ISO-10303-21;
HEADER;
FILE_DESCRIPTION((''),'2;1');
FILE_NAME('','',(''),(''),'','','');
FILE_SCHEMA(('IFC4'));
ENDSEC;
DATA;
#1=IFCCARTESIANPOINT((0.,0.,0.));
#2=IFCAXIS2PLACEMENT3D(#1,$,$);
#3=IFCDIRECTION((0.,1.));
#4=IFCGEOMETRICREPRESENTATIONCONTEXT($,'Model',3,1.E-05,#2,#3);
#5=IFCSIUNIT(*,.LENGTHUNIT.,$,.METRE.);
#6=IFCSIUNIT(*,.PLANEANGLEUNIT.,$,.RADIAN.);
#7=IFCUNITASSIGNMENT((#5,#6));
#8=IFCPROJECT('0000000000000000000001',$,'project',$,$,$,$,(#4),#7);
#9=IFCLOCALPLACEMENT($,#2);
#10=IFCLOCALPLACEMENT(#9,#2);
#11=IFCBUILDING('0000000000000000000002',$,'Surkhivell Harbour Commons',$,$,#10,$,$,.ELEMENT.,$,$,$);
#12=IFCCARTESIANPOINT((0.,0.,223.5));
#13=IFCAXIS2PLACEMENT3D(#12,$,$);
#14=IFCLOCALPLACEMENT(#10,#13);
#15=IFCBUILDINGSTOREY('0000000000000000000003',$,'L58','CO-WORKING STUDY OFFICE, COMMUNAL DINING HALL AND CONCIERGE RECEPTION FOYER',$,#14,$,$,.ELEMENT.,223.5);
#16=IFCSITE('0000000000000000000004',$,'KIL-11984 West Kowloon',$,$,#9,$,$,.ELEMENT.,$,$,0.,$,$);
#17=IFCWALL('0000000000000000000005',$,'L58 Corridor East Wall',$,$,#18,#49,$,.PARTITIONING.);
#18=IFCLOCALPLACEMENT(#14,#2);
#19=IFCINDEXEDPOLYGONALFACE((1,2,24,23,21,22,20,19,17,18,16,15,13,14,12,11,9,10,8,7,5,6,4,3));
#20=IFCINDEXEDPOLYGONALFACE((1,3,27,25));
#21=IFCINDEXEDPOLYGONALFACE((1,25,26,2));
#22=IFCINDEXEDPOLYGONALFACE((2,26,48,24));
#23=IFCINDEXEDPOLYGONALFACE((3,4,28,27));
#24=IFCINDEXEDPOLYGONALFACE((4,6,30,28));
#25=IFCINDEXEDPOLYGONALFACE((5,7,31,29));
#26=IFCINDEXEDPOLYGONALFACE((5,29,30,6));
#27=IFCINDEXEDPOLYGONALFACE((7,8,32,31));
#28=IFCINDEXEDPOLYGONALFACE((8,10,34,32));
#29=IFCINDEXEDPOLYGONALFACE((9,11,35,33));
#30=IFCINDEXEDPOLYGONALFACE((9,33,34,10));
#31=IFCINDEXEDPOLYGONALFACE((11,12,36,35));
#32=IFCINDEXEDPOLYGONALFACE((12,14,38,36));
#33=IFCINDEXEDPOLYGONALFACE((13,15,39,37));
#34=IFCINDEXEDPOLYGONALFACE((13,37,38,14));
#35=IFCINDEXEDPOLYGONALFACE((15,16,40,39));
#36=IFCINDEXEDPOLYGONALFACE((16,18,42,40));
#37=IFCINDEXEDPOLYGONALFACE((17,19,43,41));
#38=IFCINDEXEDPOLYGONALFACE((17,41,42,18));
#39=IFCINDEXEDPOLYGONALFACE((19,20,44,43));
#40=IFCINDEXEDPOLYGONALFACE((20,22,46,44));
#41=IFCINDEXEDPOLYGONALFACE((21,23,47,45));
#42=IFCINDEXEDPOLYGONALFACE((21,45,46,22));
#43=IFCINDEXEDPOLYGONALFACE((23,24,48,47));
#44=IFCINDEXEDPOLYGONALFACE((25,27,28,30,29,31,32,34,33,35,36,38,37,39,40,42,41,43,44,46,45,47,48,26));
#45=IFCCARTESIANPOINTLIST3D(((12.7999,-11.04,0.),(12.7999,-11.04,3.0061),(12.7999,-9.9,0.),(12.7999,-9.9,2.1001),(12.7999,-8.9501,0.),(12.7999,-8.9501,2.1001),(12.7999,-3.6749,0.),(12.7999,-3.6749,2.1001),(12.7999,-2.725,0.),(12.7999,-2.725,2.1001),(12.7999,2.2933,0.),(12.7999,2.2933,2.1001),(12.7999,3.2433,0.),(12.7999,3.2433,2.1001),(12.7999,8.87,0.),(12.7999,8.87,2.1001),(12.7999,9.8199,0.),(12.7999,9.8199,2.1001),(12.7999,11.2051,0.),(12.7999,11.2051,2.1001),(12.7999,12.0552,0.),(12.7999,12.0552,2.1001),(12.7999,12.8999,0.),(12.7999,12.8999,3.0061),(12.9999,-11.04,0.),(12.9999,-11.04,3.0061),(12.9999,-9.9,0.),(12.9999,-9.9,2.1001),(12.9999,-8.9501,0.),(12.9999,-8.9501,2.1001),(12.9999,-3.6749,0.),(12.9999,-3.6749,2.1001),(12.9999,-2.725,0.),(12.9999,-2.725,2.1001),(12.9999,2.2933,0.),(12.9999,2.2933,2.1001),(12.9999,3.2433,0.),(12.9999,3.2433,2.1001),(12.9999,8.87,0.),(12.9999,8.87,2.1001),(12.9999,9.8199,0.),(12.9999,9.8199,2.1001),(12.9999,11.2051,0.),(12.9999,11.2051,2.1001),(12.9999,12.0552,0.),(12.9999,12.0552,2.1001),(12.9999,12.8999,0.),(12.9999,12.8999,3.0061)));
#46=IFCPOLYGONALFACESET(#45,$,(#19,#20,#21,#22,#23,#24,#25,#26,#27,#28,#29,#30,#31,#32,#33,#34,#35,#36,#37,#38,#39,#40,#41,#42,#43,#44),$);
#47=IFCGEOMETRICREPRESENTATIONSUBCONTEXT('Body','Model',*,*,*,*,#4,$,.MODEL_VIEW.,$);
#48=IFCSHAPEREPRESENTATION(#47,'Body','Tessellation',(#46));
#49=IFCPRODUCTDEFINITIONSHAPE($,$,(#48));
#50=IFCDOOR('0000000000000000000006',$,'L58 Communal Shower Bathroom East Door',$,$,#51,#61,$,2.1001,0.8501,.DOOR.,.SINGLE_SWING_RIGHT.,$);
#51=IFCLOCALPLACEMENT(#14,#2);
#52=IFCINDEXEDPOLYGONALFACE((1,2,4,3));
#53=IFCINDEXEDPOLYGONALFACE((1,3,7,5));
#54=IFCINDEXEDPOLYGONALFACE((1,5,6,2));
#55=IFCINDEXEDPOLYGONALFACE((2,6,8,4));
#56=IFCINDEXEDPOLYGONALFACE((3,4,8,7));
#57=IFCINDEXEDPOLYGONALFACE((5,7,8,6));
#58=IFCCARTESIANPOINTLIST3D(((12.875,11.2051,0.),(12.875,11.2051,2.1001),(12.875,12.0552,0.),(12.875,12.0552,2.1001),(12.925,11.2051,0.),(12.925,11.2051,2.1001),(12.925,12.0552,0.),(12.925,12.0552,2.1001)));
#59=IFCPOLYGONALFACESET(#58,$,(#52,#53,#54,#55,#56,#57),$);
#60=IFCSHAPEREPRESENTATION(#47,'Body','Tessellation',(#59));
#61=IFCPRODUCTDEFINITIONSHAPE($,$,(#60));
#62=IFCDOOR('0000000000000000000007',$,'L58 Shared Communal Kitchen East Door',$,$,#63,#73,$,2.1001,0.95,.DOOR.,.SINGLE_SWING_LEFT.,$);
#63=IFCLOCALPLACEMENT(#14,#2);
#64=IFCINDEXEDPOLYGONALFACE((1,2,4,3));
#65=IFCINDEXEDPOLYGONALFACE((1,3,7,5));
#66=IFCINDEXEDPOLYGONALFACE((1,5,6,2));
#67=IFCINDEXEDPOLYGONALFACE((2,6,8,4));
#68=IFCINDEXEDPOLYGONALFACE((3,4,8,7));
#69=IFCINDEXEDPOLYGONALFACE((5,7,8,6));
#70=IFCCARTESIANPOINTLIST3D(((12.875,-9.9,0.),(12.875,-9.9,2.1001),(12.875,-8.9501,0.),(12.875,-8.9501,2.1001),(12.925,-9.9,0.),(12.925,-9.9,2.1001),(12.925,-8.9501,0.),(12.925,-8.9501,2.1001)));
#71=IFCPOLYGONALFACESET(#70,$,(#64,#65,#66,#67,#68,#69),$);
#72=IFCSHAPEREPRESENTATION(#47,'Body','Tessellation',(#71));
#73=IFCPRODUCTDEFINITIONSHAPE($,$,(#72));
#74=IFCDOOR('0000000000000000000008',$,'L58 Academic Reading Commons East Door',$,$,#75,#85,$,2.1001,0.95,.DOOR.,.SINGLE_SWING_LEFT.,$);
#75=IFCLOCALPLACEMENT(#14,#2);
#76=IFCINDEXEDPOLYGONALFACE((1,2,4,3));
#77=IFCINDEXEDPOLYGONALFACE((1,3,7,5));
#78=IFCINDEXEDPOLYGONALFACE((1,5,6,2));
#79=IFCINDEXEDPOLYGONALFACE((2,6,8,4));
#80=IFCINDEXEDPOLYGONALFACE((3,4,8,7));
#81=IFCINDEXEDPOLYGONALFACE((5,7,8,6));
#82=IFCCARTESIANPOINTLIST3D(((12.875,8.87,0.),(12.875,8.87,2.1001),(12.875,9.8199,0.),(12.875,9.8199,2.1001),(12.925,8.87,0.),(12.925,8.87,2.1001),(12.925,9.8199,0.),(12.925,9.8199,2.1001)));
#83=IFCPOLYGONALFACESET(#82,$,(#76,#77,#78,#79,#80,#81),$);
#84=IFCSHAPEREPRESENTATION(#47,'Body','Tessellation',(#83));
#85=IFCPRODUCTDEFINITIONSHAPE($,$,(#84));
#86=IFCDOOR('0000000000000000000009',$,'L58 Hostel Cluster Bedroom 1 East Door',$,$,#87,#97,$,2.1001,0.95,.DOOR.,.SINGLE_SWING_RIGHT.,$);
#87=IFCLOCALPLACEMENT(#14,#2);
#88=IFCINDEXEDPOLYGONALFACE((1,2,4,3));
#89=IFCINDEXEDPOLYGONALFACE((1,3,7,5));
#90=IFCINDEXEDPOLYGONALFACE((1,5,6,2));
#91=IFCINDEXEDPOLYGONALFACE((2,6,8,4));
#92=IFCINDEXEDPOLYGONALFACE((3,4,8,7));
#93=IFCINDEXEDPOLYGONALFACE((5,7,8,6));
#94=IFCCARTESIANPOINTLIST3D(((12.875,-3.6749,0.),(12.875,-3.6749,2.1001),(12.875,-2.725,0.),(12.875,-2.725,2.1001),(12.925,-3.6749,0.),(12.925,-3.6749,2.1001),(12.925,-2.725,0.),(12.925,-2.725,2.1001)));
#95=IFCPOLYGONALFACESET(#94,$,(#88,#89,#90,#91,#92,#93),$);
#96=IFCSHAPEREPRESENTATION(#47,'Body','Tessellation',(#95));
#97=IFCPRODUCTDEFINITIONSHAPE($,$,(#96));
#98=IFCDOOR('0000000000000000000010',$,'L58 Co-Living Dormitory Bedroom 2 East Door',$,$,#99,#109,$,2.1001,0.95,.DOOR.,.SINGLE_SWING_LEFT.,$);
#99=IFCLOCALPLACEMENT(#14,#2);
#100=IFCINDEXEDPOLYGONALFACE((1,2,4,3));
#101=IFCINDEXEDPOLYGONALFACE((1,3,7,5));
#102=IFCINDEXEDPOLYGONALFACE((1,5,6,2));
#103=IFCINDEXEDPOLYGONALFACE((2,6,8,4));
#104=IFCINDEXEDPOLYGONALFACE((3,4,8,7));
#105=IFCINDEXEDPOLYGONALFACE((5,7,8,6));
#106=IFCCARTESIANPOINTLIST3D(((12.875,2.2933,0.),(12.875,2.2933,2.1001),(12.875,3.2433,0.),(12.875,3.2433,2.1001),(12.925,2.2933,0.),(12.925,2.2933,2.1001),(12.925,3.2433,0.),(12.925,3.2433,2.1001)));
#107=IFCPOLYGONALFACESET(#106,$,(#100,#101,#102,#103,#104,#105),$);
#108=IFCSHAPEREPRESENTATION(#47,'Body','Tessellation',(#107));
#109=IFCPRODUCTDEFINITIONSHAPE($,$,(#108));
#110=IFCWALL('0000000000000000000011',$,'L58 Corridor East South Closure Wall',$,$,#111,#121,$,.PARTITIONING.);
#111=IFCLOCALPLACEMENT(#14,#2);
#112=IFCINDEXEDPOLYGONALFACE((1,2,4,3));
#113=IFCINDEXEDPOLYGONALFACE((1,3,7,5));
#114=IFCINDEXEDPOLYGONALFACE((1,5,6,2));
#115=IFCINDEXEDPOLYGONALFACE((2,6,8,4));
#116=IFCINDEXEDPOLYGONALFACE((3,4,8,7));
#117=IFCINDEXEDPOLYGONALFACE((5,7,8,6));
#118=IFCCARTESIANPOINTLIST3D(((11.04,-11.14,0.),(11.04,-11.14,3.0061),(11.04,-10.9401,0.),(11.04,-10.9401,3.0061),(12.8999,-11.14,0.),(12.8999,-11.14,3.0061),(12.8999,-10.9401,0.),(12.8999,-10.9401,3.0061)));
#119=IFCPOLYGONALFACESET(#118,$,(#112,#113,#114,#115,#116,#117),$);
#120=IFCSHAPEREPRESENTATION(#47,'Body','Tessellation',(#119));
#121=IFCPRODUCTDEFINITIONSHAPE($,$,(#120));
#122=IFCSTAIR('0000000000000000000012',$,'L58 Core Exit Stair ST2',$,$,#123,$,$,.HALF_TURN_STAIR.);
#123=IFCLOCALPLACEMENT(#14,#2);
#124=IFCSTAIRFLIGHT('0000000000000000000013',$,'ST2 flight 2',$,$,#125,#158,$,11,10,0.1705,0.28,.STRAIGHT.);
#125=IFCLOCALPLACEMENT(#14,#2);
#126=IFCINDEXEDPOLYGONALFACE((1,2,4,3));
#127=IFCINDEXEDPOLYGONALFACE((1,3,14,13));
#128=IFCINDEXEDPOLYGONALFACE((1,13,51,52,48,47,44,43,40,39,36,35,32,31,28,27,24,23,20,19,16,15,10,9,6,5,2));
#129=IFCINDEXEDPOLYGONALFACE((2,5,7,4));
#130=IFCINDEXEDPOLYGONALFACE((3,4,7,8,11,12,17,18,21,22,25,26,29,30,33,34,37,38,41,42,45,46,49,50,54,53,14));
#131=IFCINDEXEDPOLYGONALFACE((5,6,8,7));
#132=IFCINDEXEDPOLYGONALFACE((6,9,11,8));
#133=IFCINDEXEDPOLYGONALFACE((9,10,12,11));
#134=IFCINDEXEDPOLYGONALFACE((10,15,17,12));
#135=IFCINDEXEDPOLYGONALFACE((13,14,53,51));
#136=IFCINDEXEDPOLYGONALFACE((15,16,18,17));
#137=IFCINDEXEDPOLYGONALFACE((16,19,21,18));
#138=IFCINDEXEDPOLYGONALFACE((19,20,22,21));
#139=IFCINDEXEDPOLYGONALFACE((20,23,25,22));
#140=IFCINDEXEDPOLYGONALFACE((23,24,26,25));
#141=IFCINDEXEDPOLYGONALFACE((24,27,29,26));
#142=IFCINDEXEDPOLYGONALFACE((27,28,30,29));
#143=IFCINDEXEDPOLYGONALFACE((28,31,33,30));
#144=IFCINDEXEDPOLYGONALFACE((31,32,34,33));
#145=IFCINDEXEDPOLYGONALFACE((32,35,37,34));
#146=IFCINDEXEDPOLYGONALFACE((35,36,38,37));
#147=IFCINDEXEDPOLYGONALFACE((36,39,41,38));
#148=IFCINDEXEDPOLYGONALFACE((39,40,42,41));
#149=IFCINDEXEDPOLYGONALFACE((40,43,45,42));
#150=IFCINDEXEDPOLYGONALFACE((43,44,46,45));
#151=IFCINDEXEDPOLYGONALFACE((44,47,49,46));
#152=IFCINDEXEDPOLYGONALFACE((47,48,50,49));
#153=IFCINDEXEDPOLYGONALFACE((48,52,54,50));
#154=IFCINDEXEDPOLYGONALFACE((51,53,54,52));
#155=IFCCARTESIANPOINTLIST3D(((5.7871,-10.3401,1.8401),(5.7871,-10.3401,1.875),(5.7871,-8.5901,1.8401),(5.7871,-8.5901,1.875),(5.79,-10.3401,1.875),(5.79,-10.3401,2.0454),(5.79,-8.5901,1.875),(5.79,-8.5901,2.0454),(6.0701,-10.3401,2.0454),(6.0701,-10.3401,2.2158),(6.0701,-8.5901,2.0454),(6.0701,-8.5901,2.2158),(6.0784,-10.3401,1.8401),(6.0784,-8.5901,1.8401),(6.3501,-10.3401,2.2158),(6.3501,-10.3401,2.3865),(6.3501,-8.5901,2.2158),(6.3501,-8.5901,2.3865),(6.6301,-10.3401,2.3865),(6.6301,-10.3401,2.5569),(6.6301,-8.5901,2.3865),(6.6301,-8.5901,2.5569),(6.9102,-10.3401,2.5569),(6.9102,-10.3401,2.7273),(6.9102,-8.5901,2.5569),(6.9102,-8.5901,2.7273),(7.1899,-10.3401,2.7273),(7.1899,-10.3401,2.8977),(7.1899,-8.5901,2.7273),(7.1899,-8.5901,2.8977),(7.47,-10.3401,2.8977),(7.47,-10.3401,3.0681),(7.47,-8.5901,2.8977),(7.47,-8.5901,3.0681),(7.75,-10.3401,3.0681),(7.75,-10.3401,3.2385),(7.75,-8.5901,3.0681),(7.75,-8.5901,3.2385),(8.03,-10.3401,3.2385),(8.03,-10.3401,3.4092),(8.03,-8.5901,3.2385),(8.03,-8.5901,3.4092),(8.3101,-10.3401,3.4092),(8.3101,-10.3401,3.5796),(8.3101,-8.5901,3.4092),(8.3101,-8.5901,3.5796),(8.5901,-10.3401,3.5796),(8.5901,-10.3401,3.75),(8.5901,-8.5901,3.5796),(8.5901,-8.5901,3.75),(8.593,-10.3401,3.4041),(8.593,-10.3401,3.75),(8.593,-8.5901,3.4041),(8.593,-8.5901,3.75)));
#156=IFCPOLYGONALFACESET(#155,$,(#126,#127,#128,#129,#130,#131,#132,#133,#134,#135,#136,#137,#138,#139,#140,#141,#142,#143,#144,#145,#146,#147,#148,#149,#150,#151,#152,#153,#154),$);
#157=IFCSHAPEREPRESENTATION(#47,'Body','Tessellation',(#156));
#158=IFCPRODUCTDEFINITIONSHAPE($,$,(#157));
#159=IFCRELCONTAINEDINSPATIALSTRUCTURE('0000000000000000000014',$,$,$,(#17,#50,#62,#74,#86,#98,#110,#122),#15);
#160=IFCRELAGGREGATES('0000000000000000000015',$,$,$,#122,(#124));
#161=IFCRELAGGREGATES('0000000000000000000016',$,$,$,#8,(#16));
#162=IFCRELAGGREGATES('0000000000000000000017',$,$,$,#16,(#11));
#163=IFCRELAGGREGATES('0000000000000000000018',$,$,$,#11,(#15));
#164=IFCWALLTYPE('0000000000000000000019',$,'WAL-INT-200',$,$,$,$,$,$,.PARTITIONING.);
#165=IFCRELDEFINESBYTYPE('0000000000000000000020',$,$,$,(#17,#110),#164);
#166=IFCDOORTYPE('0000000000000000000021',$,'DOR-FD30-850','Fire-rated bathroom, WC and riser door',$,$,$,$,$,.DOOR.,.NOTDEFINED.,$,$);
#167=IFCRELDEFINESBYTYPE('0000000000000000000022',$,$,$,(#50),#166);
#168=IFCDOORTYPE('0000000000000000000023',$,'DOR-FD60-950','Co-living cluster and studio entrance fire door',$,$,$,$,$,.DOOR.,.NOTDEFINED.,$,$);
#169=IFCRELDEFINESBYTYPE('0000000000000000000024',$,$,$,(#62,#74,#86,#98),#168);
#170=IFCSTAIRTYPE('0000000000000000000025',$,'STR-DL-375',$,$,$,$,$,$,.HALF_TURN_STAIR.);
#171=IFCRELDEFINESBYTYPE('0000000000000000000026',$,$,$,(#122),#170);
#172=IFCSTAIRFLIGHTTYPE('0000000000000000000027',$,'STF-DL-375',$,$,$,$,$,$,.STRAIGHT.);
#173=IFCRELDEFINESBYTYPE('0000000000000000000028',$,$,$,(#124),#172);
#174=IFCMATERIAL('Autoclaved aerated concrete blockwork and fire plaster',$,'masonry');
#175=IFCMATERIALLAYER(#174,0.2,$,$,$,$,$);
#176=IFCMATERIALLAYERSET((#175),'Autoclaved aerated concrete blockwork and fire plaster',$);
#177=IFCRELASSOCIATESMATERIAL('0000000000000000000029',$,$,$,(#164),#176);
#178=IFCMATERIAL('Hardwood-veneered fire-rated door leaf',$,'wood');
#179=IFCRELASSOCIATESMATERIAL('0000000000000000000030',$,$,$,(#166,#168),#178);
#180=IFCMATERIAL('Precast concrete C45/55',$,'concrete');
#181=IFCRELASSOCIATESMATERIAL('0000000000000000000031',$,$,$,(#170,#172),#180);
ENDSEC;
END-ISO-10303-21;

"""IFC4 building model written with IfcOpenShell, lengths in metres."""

from ifc_helpers import new_model, si_unit, direction, frame, frame_2d, origin, place, context, subcontext, project, spatial, polyline, rectangle, outline, extrude, material, layer, layer_set, type_object, element, fill, aggregate, save


model = new_model("IFC4")

# Units and contexts
model_context = context("Model", 3, precision=1e-05, world=origin(), true_north=direction((0.0, 1.0)))
body_context = subcontext(model_context, "Body", "Model", "MODEL_VIEW")
ifc_project = project(units=[si_unit("LENGTHUNIT", "METRE"), si_unit("PLANEANGLEUNIT", "RADIAN")], contexts=[model_context])

# Site, building, storey
site_placement = place(None, origin())
site = spatial("IfcSite", under=ifc_project, at=site_placement, Name="KIL-11984 West Kowloon", CompositionType="ELEMENT", RefElevation=0.0)
building_placement = place(site_placement, origin())
building = spatial("IfcBuilding", under=site, at=building_placement, Name="Surkhivell Harbour Commons", CompositionType="ELEMENT")
storey_placement = place(building_placement, frame((0.0, 0.0, 223.5)))
storey = spatial("IfcBuildingStorey", under=building, at=storey_placement, Name="L58", Description="CO-WORKING STUDY OFFICE, COMMUNAL DINING HALL AND CONCIERGE RECEPTION FOYER", CompositionType="ELEMENT", Elevation=223.5)

# Wall, openings, doors
ifc_material_1 = material(Name="Autoclaved aerated concrete blockwork and fire plaster", Category="masonry")
ifc_layer_1 = layer(ifc_material_1, 0.2)
ifc_layer_set_1 = layer_set([ifc_layer_1], Name="Autoclaved aerated concrete blockwork and fire plaster")
wall_type_1 = type_object("IfcWallType", Name="WAL-INT-200", PredefinedType="PARTITIONING", material=ifc_layer_set_1)
wall_1_placement = place(storey_placement, frame((12.8999, -11.04, 0.0), z_axis=(0.0, 0.0, 1.0), x_axis=(0.0, 1.0, 0.0)))
wall_1 = element("IfcWall", 1, at=wall_1_placement, inside=storey, type_object=wall_type_1, Name="L58 Corridor East Wall", PredefinedType="PARTITIONING", context=body_context, shape_type="SweptSolid", body=[
    extrude(rectangle(XDim=23.9399, YDim=0.2, at=frame_2d((11.97, 0.0))), origin(), (0.0, 0.0, 1.0), 3.0061),
])
opening_1_placement = place(wall_1_placement, frame((1.1399, 0.0, 0.0)))
opening_1 = element("IfcOpeningElement", 2, at=opening_1_placement, cuts=wall_1, PredefinedType="OPENING", context=body_context, shape_type="SweptSolid", body=[
    extrude(rectangle(XDim=0.95, YDim=2.1001, at=frame_2d((0.4751, 1.05))), frame((0.0, 0.1099, 0.0), z_axis=(0.0, -1.0, 0.0), x_axis=(1.0, 0.0, 0.0)), (0.0, 0.0, 1.0), 0.22),
])
opening_2_placement = place(wall_1_placement, frame((22.2451, 0.0, 0.0)))
opening_2 = element("IfcOpeningElement", 3, at=opening_2_placement, cuts=wall_1, PredefinedType="OPENING", context=body_context, shape_type="SweptSolid", body=[
    extrude(rectangle(XDim=0.8501, YDim=2.1001, at=frame_2d((0.425, 1.05))), frame((0.0, 0.1099, 0.0), z_axis=(0.0, -1.0, 0.0), x_axis=(1.0, 0.0, 0.0)), (0.0, 0.0, 1.0), 0.22),
])
opening_3_placement = place(wall_1_placement, frame((19.9099, 0.0, 0.0)))
opening_3 = element("IfcOpeningElement", 4, at=opening_3_placement, cuts=wall_1, PredefinedType="OPENING", context=body_context, shape_type="SweptSolid", body=[
    extrude(rectangle(XDim=0.95, YDim=2.1001, at=frame_2d((0.4751, 1.05))), frame((0.0, 0.1099, 0.0), z_axis=(0.0, -1.0, 0.0), x_axis=(1.0, 0.0, 0.0)), (0.0, 0.0, 1.0), 0.22),
])
opening_4_placement = place(wall_1_placement, frame((7.365, 0.0, 0.0)))
opening_4 = element("IfcOpeningElement", 5, at=opening_4_placement, cuts=wall_1, PredefinedType="OPENING", context=body_context, shape_type="SweptSolid", body=[
    extrude(rectangle(XDim=0.95, YDim=2.1001, at=frame_2d((0.4751, 1.05))), frame((0.0, 0.1099, 0.0), z_axis=(0.0, -1.0, 0.0), x_axis=(1.0, 0.0, 0.0)), (0.0, 0.0, 1.0), 0.22),
])
opening_5_placement = place(wall_1_placement, frame((13.3333, 0.0, 0.0)))
opening_5 = element("IfcOpeningElement", 6, at=opening_5_placement, cuts=wall_1, PredefinedType="OPENING", context=body_context, shape_type="SweptSolid", body=[
    extrude(rectangle(XDim=0.95, YDim=2.1001, at=frame_2d((0.4751, 1.05))), frame((0.0, 0.1099, 0.0), z_axis=(0.0, -1.0, 0.0), x_axis=(1.0, 0.0, 0.0)), (0.0, 0.0, 1.0), 0.22),
])
ifc_material_2 = material(Name="Hardwood-veneered fire-rated door leaf", Category="wood")
door_type_1 = type_object("IfcDoorType", Name="DOR-FD30-850", Description="Fire-rated bathroom, WC and riser door", OperationType="NOTDEFINED", PredefinedType="DOOR", material=ifc_material_2)
door_1_placement = place(opening_2_placement, origin())
door_1 = element("IfcDoor", 7, at=door_1_placement, inside=storey, type_object=door_type_1, Name="L58 Communal Shower Bathroom East Door", OperationType="SINGLE_SWING_RIGHT", OverallHeight=2.1001, OverallWidth=0.8501, PredefinedType="DOOR", context=body_context, shape_type="SweptSolid", body=[
    extrude(rectangle(XDim=0.8501, YDim=2.1001, at=frame_2d((0.425, 1.05))), frame((0.0, 0.0249, 0.0), z_axis=(0.0, -1.0, 0.0), x_axis=(1.0, 0.0, 0.0)), (0.0, 0.0, 1.0), 0.05),
])
fill(opening_2, door_1)
door_type_2 = type_object("IfcDoorType", Name="DOR-FD60-950", Description="Co-living cluster and studio entrance fire door", OperationType="NOTDEFINED", PredefinedType="DOOR", material=ifc_material_2)
door_2_placement = place(opening_1_placement, origin())
door_2 = element("IfcDoor", 8, at=door_2_placement, inside=storey, type_object=door_type_2, Name="L58 Shared Communal Kitchen East Door", OperationType="SINGLE_SWING_LEFT", OverallHeight=2.1001, OverallWidth=0.95, PredefinedType="DOOR", context=body_context, shape_type="SweptSolid", body=[
    extrude(rectangle(XDim=0.95, YDim=2.1001, at=frame_2d((0.4751, 1.05))), frame((0.0, 0.0249, 0.0), z_axis=(0.0, -1.0, 0.0), x_axis=(1.0, 0.0, 0.0)), (0.0, 0.0, 1.0), 0.05),
])
fill(opening_1, door_2)
door_3_placement = place(opening_3_placement, origin())
door_3 = element("IfcDoor", 9, at=door_3_placement, inside=storey, type_object=door_type_2, Name="L58 Academic Reading Commons East Door", OperationType="SINGLE_SWING_LEFT", OverallHeight=2.1001, OverallWidth=0.95, PredefinedType="DOOR", context=body_context, shape_type="SweptSolid", body=[
    extrude(rectangle(XDim=0.95, YDim=2.1001, at=frame_2d((0.4751, 1.05))), frame((0.0, 0.0249, 0.0), z_axis=(0.0, -1.0, 0.0), x_axis=(1.0, 0.0, 0.0)), (0.0, 0.0, 1.0), 0.05),
])
fill(opening_3, door_3)
door_4_placement = place(opening_4_placement, origin())
door_4 = element("IfcDoor", 10, at=door_4_placement, inside=storey, type_object=door_type_2, Name="L58 Hostel Cluster Bedroom 1 East Door", OperationType="SINGLE_SWING_RIGHT", OverallHeight=2.1001, OverallWidth=0.95, PredefinedType="DOOR", context=body_context, shape_type="SweptSolid", body=[
    extrude(rectangle(XDim=0.95, YDim=2.1001, at=frame_2d((0.4751, 1.05))), frame((0.0, 0.0249, 0.0), z_axis=(0.0, -1.0, 0.0), x_axis=(1.0, 0.0, 0.0)), (0.0, 0.0, 1.0), 0.05),
])
fill(opening_4, door_4)
door_5_placement = place(opening_5_placement, origin())
door_5 = element("IfcDoor", 11, at=door_5_placement, inside=storey, type_object=door_type_2, Name="L58 Co-Living Dormitory Bedroom 2 East Door", OperationType="SINGLE_SWING_LEFT", OverallHeight=2.1001, OverallWidth=0.95, PredefinedType="DOOR", context=body_context, shape_type="SweptSolid", body=[
    extrude(rectangle(XDim=0.95, YDim=2.1001, at=frame_2d((0.4751, 1.05))), frame((0.0, 0.0249, 0.0), z_axis=(0.0, -1.0, 0.0), x_axis=(1.0, 0.0, 0.0)), (0.0, 0.0, 1.0), 0.05),
])
fill(opening_5, door_5)

# Wall
wall_2_placement = place(storey_placement, frame((11.04, -11.04, 0.0), z_axis=(0.0, 0.0, 1.0), x_axis=(1.0, 0.0, 0.0)))
element("IfcWall", 12, at=wall_2_placement, inside=storey, type_object=wall_type_1, Name="L58 Corridor East South Closure Wall", PredefinedType="PARTITIONING", context=body_context, shape_type="SweptSolid", body=[
    extrude(rectangle(XDim=1.8599, YDim=0.2, at=frame_2d((0.9299, 0.0))), origin(), (0.0, 0.0, 1.0), 3.0061),
])

# Stair, stair flight
ifc_material_3 = material(Name="Precast concrete C45/55", Category="concrete")
stair_type = type_object("IfcStairType", Name="STR-DL-375", PredefinedType="HALF_TURN_STAIR", material=ifc_material_3)
stair_placement = place(storey_placement, origin())
stair = element("IfcStair", 13, at=stair_placement, inside=storey, type_object=stair_type, Name="L58 Core Exit Stair ST2", PredefinedType="HALF_TURN_STAIR")
stair_flight_type = type_object("IfcStairFlightType", Name="STF-DL-375", PredefinedType="STRAIGHT", material=ifc_material_3)
stair_flight_placement = place(storey_placement, frame((5.79, -9.4651, 1.875), z_axis=(0.0, 0.0, 1.0), x_axis=(1.0, 0.0, 0.0)))
stair_flight = element("IfcStairFlight", 14, at=stair_flight_placement, type_object=stair_flight_type, Name="ST2 flight 2", NumberOfRisers=11, NumberOfTreads=10, PredefinedType="STRAIGHT", RiserHeight=0.1705, TreadLength=0.28, context=body_context, shape_type="SweptSolid", body=[
    extrude(outline(polyline([(-0.0029, -0.0349), (-0.0029, 0.0), (0.0, 0.0), (0.0, 0.1704), (0.28, 0.1704), (0.28, 0.3408), (0.5601, 0.3408), (0.5601, 0.5115), (0.8401, 0.5115), (0.8401, 0.6819), (1.1201, 0.6819), (1.1201, 0.8523), (1.3999, 0.8523), (1.3999, 1.0227), (1.6799, 1.0227), (1.6799, 1.1931), (1.96, 1.1931), (1.96, 1.3635), (2.24, 1.3635), (2.24, 1.5342), (2.52, 1.5342), (2.52, 1.7046), (2.8, 1.7046), (2.8, 1.875), (2.803, 1.875), (2.803, 1.5291), (0.2883, -0.0349), (-0.0029, -0.0349)])), frame((0.0, 0.875, 0.0), z_axis=(0.0, -1.0, 0.0), x_axis=(1.0, 0.0, 0.0)), (0.0, 0.0, 1.0), 1.75),
])
aggregate(stair, [stair_flight])

save(model, "model.ifc")
